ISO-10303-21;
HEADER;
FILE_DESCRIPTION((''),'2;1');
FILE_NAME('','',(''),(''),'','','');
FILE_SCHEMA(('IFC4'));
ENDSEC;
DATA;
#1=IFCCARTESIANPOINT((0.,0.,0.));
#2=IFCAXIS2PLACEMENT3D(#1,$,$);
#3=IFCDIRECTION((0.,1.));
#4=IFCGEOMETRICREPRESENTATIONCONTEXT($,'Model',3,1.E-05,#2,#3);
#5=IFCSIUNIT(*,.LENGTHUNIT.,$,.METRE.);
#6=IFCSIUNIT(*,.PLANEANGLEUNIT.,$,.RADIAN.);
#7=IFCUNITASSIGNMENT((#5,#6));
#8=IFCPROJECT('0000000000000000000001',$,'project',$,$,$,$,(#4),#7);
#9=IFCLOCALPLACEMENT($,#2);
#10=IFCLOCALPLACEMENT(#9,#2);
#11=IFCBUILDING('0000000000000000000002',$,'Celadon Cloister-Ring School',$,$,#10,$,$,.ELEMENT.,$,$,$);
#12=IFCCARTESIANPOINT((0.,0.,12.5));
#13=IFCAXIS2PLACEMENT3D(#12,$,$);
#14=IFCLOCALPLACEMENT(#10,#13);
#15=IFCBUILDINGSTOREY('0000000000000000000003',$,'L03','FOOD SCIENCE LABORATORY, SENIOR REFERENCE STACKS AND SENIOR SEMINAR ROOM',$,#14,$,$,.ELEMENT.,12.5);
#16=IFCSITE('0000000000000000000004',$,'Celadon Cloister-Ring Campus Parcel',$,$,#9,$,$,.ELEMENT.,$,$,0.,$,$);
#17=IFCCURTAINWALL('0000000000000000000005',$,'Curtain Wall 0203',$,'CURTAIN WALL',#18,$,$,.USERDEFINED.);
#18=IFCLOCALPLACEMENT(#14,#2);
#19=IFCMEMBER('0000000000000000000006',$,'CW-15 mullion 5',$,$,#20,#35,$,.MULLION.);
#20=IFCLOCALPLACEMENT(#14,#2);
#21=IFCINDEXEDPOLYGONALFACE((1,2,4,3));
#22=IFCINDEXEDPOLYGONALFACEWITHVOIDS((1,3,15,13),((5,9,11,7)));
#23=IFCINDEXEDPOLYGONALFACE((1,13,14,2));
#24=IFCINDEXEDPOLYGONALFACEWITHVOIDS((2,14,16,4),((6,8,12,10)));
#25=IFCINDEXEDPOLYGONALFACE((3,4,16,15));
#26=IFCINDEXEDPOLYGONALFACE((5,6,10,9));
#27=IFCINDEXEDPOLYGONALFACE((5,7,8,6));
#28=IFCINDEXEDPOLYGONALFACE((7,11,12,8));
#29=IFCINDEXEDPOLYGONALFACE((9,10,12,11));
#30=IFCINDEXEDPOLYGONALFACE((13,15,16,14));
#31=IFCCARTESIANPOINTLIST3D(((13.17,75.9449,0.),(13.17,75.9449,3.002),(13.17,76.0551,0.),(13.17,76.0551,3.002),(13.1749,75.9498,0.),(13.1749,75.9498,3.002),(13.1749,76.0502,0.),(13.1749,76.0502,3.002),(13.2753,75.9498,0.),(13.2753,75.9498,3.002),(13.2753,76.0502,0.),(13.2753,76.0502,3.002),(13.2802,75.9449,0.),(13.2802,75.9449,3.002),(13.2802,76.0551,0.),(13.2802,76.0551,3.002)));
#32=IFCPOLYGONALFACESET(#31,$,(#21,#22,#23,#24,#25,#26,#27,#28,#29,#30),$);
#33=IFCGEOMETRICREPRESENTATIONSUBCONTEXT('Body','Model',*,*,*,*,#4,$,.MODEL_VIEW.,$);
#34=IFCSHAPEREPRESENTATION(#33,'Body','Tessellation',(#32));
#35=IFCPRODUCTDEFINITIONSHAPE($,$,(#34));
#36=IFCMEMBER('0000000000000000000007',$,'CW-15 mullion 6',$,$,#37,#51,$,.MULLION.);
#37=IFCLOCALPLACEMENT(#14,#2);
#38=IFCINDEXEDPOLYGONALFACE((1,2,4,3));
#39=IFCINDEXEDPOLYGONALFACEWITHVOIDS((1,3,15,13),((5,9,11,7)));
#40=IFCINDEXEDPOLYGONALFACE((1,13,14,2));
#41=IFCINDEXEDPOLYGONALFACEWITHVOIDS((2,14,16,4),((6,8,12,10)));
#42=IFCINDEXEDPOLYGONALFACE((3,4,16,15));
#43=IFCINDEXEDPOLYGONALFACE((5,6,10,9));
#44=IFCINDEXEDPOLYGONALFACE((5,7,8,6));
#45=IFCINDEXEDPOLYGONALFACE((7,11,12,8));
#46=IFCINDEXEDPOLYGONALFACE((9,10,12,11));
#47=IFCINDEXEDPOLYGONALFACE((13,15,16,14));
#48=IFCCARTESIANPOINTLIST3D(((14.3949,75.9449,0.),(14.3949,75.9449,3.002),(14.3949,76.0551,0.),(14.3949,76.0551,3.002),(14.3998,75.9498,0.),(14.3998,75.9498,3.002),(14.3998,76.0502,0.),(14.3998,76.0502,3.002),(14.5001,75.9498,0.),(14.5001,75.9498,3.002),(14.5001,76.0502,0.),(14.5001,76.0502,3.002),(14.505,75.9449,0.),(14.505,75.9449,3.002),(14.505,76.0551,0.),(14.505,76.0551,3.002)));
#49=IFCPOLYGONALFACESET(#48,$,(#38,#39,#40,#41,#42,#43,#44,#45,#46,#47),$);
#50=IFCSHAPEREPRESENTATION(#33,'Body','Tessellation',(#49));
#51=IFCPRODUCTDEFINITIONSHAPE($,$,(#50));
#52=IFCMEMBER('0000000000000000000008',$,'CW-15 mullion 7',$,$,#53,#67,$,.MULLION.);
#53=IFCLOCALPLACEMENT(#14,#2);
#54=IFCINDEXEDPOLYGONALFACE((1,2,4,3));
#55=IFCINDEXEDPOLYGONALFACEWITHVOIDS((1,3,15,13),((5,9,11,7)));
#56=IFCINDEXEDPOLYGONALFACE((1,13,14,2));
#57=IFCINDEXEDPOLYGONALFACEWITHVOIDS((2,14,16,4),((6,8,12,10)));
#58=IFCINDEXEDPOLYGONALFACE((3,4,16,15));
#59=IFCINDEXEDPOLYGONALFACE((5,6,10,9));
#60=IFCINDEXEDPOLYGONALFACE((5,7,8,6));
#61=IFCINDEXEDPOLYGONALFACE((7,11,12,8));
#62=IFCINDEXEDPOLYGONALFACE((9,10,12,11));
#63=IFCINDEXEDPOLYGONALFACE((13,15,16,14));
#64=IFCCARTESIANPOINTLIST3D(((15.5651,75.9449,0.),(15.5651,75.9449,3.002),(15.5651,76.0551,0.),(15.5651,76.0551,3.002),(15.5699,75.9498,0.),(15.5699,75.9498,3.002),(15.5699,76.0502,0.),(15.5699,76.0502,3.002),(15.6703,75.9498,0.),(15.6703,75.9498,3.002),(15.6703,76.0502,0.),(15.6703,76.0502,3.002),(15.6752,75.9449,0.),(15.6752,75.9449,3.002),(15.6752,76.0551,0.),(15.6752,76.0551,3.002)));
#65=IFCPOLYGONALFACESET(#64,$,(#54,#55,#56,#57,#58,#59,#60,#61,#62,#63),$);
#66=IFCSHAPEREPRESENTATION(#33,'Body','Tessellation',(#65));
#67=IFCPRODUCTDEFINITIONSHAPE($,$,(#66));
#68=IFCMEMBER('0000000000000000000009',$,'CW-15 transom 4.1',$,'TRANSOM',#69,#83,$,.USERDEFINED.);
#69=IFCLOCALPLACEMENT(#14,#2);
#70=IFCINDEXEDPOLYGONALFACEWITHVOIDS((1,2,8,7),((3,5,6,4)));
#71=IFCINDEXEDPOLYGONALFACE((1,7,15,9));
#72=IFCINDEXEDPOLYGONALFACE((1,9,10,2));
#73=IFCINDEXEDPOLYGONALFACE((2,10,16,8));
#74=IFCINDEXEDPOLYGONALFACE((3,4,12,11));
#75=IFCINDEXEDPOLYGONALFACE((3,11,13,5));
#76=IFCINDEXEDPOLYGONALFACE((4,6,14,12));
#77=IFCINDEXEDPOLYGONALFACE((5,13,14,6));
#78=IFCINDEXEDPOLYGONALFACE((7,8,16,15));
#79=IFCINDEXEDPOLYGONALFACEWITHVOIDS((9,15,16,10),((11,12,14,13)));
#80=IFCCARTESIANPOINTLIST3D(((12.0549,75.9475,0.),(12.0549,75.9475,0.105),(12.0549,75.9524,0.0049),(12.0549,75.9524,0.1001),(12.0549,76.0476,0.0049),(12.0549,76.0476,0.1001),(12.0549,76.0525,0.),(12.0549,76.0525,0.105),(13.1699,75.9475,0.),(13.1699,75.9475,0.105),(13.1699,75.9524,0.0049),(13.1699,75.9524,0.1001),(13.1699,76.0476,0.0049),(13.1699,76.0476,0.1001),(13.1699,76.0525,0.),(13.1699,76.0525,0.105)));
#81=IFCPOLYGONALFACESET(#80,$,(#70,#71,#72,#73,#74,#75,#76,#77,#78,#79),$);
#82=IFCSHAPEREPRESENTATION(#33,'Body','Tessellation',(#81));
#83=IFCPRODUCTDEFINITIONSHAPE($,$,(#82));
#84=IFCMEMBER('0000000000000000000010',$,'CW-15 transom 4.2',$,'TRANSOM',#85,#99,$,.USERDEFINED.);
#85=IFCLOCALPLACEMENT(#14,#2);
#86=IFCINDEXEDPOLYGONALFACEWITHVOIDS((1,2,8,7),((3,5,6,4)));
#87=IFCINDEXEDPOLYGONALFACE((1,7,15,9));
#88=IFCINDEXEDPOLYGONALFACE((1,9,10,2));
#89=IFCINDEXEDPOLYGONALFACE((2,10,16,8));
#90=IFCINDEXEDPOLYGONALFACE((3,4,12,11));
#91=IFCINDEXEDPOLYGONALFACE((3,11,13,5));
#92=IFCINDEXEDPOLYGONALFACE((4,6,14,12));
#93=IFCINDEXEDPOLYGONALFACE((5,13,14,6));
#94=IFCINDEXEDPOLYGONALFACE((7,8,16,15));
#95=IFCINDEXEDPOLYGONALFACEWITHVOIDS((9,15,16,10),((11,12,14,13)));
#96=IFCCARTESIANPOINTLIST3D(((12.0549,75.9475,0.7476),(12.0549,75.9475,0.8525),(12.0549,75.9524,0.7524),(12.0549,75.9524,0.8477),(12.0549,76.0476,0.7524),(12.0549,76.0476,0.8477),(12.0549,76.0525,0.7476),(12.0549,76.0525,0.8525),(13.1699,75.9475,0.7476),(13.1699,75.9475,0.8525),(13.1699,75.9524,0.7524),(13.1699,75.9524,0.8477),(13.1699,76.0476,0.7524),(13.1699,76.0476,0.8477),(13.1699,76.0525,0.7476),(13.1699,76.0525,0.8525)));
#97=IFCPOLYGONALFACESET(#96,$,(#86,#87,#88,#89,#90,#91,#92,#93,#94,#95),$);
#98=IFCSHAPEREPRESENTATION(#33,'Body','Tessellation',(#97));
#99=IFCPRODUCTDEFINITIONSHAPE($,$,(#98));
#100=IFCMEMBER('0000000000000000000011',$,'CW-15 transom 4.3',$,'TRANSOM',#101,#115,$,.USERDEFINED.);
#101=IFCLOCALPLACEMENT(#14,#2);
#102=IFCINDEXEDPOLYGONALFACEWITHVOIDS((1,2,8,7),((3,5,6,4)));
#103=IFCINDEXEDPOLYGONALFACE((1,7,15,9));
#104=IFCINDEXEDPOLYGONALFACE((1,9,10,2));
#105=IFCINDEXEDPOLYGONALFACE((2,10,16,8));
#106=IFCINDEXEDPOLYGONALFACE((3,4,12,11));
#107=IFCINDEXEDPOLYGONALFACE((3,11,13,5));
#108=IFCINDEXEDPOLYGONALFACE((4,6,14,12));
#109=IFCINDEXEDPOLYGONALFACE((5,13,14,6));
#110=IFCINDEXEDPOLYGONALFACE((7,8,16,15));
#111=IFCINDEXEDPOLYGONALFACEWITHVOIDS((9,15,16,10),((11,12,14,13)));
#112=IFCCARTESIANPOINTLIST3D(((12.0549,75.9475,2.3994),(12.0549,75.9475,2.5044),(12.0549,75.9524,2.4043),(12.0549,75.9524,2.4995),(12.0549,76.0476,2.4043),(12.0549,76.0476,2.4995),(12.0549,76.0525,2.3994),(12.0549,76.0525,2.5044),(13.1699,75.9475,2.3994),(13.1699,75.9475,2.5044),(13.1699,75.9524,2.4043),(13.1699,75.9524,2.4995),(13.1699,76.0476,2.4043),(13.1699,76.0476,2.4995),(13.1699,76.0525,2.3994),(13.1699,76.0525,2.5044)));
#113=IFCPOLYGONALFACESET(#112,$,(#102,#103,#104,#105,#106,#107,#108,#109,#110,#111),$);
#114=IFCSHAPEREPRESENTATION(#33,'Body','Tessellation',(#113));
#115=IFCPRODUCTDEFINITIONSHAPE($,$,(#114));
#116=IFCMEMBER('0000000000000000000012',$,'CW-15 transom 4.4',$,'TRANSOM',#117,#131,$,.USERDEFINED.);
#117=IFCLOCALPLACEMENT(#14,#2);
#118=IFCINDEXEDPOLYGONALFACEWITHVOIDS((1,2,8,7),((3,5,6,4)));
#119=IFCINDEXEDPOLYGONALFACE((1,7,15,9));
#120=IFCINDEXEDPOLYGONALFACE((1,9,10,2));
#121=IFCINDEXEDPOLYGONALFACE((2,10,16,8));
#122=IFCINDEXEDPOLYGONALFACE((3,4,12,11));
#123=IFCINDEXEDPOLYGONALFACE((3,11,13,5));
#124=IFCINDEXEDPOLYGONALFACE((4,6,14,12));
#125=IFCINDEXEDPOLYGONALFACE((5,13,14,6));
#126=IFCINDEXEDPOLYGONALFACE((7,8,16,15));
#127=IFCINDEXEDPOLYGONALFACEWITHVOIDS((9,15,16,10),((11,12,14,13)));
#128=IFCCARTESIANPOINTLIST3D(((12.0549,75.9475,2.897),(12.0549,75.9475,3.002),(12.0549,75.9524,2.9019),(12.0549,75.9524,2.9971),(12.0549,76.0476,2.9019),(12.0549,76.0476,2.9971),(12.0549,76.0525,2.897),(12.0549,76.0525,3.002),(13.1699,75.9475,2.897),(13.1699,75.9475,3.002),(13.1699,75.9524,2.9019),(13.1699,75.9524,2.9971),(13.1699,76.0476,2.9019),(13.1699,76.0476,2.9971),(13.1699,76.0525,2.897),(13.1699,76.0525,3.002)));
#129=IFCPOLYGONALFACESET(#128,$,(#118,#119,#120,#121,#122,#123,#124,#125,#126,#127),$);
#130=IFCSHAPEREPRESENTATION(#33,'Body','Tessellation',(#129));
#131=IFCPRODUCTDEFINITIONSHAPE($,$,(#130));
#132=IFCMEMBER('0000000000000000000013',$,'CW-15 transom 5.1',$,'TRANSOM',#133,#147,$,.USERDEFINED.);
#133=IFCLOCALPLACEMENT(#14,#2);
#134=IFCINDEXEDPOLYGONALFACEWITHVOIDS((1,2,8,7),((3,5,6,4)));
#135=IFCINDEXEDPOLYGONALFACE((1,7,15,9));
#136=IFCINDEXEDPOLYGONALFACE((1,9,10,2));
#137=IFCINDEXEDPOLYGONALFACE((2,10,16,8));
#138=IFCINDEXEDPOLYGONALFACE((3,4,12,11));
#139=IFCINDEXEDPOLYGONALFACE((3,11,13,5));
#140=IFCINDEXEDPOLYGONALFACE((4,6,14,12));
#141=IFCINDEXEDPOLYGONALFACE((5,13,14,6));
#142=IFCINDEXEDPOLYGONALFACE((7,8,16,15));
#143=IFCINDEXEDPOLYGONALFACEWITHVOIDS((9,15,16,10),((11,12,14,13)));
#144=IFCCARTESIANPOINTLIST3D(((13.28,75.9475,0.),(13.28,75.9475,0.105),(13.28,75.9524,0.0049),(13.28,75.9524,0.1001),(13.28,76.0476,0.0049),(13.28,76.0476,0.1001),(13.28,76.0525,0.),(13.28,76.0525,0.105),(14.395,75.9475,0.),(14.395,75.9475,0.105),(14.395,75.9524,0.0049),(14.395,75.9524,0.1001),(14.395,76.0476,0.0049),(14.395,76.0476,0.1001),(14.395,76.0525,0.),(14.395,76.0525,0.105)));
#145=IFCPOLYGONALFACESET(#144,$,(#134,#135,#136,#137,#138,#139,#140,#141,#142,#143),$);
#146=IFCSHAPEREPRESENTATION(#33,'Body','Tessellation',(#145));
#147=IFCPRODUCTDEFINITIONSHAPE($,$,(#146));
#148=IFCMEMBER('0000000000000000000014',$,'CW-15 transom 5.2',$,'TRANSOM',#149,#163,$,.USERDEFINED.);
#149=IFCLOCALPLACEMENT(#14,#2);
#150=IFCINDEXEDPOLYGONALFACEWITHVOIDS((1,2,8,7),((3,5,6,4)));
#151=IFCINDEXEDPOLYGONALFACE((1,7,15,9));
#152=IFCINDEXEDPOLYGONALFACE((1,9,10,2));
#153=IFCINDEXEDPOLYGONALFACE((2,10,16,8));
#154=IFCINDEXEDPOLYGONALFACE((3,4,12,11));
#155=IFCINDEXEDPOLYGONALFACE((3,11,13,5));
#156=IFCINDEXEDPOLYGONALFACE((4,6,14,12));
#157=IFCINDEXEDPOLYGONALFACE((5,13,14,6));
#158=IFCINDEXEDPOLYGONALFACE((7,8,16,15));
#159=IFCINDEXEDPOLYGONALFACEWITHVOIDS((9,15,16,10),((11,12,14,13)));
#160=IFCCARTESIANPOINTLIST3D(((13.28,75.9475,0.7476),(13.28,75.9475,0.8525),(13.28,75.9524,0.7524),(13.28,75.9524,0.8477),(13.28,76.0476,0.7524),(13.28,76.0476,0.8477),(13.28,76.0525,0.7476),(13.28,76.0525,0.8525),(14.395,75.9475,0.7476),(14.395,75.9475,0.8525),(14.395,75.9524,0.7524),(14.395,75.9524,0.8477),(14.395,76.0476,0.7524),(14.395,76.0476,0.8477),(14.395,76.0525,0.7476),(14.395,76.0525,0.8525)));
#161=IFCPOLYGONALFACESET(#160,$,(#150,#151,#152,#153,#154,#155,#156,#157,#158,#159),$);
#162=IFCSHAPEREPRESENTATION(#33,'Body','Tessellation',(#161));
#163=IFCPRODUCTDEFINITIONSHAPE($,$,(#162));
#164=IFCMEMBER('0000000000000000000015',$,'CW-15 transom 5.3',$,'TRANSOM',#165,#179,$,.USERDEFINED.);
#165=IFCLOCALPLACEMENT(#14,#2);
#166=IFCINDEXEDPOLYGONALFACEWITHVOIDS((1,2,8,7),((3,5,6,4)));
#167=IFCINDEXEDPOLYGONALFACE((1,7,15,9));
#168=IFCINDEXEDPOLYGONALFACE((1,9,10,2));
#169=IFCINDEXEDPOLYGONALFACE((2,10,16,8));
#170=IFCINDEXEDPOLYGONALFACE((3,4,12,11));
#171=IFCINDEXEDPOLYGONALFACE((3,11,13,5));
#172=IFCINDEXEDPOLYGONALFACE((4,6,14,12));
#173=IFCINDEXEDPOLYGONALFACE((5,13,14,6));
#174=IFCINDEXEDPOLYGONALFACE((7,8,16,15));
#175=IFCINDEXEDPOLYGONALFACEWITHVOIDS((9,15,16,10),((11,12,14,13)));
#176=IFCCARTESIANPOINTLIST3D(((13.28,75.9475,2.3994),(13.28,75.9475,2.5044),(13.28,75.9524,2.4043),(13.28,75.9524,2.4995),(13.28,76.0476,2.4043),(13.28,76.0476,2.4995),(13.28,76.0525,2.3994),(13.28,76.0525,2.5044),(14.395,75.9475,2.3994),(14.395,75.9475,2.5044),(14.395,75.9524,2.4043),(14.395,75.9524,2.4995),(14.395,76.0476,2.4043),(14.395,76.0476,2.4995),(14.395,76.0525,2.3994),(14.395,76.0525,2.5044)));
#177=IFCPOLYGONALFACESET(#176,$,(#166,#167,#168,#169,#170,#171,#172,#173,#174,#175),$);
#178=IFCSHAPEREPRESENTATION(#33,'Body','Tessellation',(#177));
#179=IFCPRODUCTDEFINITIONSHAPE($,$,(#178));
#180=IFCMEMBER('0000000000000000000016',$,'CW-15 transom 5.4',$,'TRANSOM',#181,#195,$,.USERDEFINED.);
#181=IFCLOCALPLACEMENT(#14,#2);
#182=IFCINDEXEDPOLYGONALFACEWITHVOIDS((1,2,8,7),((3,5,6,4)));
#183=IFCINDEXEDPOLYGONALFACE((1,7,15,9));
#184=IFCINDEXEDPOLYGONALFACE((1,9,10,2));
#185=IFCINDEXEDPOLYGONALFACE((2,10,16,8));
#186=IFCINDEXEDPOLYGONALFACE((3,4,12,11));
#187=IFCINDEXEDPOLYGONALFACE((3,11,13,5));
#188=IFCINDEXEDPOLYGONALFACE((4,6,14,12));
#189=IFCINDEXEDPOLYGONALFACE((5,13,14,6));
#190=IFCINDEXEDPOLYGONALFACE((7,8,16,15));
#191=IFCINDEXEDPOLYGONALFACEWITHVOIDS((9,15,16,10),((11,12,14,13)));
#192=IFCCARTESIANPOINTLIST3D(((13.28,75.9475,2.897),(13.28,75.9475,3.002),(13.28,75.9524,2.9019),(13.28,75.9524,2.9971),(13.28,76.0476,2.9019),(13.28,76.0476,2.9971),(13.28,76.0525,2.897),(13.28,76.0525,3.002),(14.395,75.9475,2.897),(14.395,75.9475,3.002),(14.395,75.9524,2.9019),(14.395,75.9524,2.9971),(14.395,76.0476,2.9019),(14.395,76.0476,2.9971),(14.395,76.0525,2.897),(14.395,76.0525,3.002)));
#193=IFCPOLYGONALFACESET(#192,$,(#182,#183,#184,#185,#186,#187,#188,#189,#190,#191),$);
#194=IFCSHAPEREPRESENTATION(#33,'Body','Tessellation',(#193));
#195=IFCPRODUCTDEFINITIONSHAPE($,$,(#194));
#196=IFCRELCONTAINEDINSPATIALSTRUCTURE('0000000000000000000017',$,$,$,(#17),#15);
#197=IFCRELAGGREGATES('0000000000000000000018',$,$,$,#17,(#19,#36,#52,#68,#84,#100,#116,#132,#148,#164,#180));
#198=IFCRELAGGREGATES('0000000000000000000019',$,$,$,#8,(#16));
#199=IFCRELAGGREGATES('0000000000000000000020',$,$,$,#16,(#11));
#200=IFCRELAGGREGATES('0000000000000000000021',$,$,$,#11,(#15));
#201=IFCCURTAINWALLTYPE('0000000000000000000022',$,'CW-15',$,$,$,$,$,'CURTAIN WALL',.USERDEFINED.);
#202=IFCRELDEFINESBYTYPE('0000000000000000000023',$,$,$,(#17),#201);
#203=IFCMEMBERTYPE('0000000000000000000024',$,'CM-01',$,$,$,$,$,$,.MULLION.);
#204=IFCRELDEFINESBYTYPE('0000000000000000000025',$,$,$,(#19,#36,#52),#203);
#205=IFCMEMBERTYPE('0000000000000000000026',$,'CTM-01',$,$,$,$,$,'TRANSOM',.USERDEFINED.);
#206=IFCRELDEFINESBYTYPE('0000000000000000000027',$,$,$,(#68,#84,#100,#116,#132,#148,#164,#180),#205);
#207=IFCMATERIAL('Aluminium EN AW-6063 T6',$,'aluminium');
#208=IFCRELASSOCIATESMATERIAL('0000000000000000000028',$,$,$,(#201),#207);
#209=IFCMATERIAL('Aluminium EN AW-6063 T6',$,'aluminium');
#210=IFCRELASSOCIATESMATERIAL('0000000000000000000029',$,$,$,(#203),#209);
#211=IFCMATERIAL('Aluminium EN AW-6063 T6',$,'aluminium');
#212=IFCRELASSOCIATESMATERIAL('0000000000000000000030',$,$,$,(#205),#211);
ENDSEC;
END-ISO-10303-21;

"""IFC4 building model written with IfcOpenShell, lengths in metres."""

from ifc_helpers import new_model, si_unit, direction, frame, origin, origin_2d, place, context, subcontext, project, spatial, hollow_rectangle, extrude, material, material_profile, profile_set, type_object, element, aggregate, save


model = new_model("IFC4")

# Units and contexts
model_context = context("Model", 3, precision=1e-05, world=origin(), true_north=direction((0.0, 1.0)))
body_context = subcontext(model_context, "Body", "Model", "MODEL_VIEW")
ifc_project = project(units=[si_unit("LENGTHUNIT", "METRE"), si_unit("PLANEANGLEUNIT", "RADIAN")], contexts=[model_context])

# Site, building, storey
site_placement = place(None, origin())
site = spatial("IfcSite", under=ifc_project, at=site_placement, Name="Celadon Cloister-Ring Campus Parcel", CompositionType="ELEMENT", RefElevation=0.0)
building_placement = place(site_placement, origin())
building = spatial("IfcBuilding", under=site, at=building_placement, Name="Celadon Cloister-Ring School", CompositionType="ELEMENT")
storey_placement = place(building_placement, frame((0.0, 0.0, 12.5)))
storey = spatial("IfcBuildingStorey", under=building, at=storey_placement, Name="L03", Description="FOOD SCIENCE LABORATORY, SENIOR REFERENCE STACKS AND SENIOR SEMINAR ROOM", CompositionType="ELEMENT", Elevation=12.5)

# Curtain wall, members
ifc_material_1 = material(Name="Aluminium EN AW-6063 T6", Category="aluminium")
curtain_wall_type = type_object("IfcCurtainWallType", Name="CW-15", ElementType="CURTAIN WALL", PredefinedType="USERDEFINED", material=ifc_material_1)
curtain_wall_placement = place(storey_placement, origin())
curtain_wall = element("IfcCurtainWall", 1, at=curtain_wall_placement, inside=storey, type_object=curtain_wall_type, Name="Curtain Wall 0203", ObjectType="CURTAIN WALL", PredefinedType="USERDEFINED")
ifc_material_2 = material(Name="Aluminium EN AW-6063 T6", Category="aluminium")
ifc_material_profile_1 = material_profile(ifc_material_2, hollow_rectangle(XDim=0.1101, YDim=0.1101, WallThickness=0.0049, at=origin_2d()), Name="RHS110X110X5")
ifc_profile_set_1 = profile_set([ifc_material_profile_1], Name="Aluminium EN AW-6063 T6")
member_type_1 = type_object("IfcMemberType", Name="CM-01", PredefinedType="MULLION", material=ifc_profile_set_1)
member_1_placement = place(storey_placement, frame((13.2251, 76.0, 0.0), z_axis=(0.0, 0.0, 1.0), x_axis=(0.0, 1.0, 0.0)))
member_1 = element("IfcMember", 2, at=member_1_placement, type_object=member_type_1, Name="CW-15 mullion 5", PredefinedType="MULLION", context=body_context, shape_type="SweptSolid", body=[
    extrude(hollow_rectangle(XDim=0.1101, YDim=0.1101, WallThickness=0.0049, at=origin_2d()), origin(), (0.0, 0.0, 1.0), 3.002),
])
member_2_placement = place(storey_placement, frame((14.45, 76.0, 0.0), z_axis=(0.0, 0.0, 1.0), x_axis=(0.0, 1.0, 0.0)))
member_2 = element("IfcMember", 3, at=member_2_placement, type_object=member_type_1, Name="CW-15 mullion 6", PredefinedType="MULLION", context=body_context, shape_type="SweptSolid", body=[
    extrude(hollow_rectangle(XDim=0.1101, YDim=0.1101, WallThickness=0.0049, at=origin_2d()), origin(), (0.0, 0.0, 1.0), 3.002),
])
member_3_placement = place(storey_placement, frame((15.6201, 76.0, 0.0), z_axis=(0.0, 0.0, 1.0), x_axis=(0.0, 1.0, 0.0)))
member_3 = element("IfcMember", 4, at=member_3_placement, type_object=member_type_1, Name="CW-15 mullion 7", PredefinedType="MULLION", context=body_context, shape_type="SweptSolid", body=[
    extrude(hollow_rectangle(XDim=0.1101, YDim=0.1101, WallThickness=0.0049, at=origin_2d()), origin(), (0.0, 0.0, 1.0), 3.002),
])
ifc_material_3 = material(Name="Aluminium EN AW-6063 T6", Category="aluminium")
ifc_material_profile_2 = material_profile(ifc_material_3, hollow_rectangle(XDim=0.105, YDim=0.105, WallThickness=0.0049, at=origin_2d()), Name="RHS105X105X5")
ifc_profile_set_2 = profile_set([ifc_material_profile_2], Name="Aluminium EN AW-6063 T6")
member_type_2 = type_object("IfcMemberType", Name="CTM-01", ElementType="TRANSOM", PredefinedType="USERDEFINED", material=ifc_profile_set_2)
member_4_placement = place(storey_placement, frame((12.0549, 76.0, 0.0525), z_axis=(1.0, 0.0, 0.0), x_axis=(0.0, 1.0, 0.0)))
member_4 = element("IfcMember", 5, at=member_4_placement, type_object=member_type_2, Name="CW-15 transom 4.1", ObjectType="TRANSOM", PredefinedType="USERDEFINED", context=body_context, shape_type="SweptSolid", body=[
    extrude(hollow_rectangle(XDim=0.105, YDim=0.105, WallThickness=0.0049, at=origin_2d()), origin(), (0.0, 0.0, 1.0), 1.115),
])
member_5_placement = place(storey_placement, frame((12.0549, 76.0, 0.8), z_axis=(1.0, 0.0, 0.0), x_axis=(0.0, 1.0, 0.0)))
member_5 = element("IfcMember", 6, at=member_5_placement, type_object=member_type_2, Name="CW-15 transom 4.2", ObjectType="TRANSOM", PredefinedType="USERDEFINED", context=body_context, shape_type="SweptSolid", body=[
    extrude(hollow_rectangle(XDim=0.105, YDim=0.105, WallThickness=0.0049, at=origin_2d()), origin(), (0.0, 0.0, 1.0), 1.115),
])
member_6_placement = place(storey_placement, frame((12.0549, 76.0, 2.4519), z_axis=(1.0, 0.0, 0.0), x_axis=(0.0, 1.0, 0.0)))
member_6 = element("IfcMember", 7, at=member_6_placement, type_object=member_type_2, Name="CW-15 transom 4.3", ObjectType="TRANSOM", PredefinedType="USERDEFINED", context=body_context, shape_type="SweptSolid", body=[
    extrude(hollow_rectangle(XDim=0.105, YDim=0.105, WallThickness=0.0049, at=origin_2d()), origin(), (0.0, 0.0, 1.0), 1.115),
])
member_7_placement = place(storey_placement, frame((12.0549, 76.0, 2.9495), z_axis=(1.0, 0.0, 0.0), x_axis=(0.0, 1.0, 0.0)))
member_7 = element("IfcMember", 8, at=member_7_placement, type_object=member_type_2, Name="CW-15 transom 4.4", ObjectType="TRANSOM", PredefinedType="USERDEFINED", context=body_context, shape_type="SweptSolid", body=[
    extrude(hollow_rectangle(XDim=0.105, YDim=0.105, WallThickness=0.0049, at=origin_2d()), origin(), (0.0, 0.0, 1.0), 1.115),
])
member_8_placement = place(storey_placement, frame((13.28, 76.0, 0.0525), z_axis=(1.0, 0.0, 0.0), x_axis=(0.0, 1.0, 0.0)))
member_8 = element("IfcMember", 9, at=member_8_placement, type_object=member_type_2, Name="CW-15 transom 5.1", ObjectType="TRANSOM", PredefinedType="USERDEFINED", context=body_context, shape_type="SweptSolid", body=[
    extrude(hollow_rectangle(XDim=0.105, YDim=0.105, WallThickness=0.0049, at=origin_2d()), origin(), (0.0, 0.0, 1.0), 1.115),
])
member_9_placement = place(storey_placement, frame((13.28, 76.0, 0.8), z_axis=(1.0, 0.0, 0.0), x_axis=(0.0, 1.0, 0.0)))
member_9 = element("IfcMember", 10, at=member_9_placement, type_object=member_type_2, Name="CW-15 transom 5.2", ObjectType="TRANSOM", PredefinedType="USERDEFINED", context=body_context, shape_type="SweptSolid", body=[
    extrude(hollow_rectangle(XDim=0.105, YDim=0.105, WallThickness=0.0049, at=origin_2d()), origin(), (0.0, 0.0, 1.0), 1.115),
])
member_10_placement = place(storey_placement, frame((13.28, 76.0, 2.4519), z_axis=(1.0, 0.0, 0.0), x_axis=(0.0, 1.0, 0.0)))
member_10 = element("IfcMember", 11, at=member_10_placement, type_object=member_type_2, Name="CW-15 transom 5.3", ObjectType="TRANSOM", PredefinedType="USERDEFINED", context=body_context, shape_type="SweptSolid", body=[
    extrude(hollow_rectangle(XDim=0.105, YDim=0.105, WallThickness=0.0049, at=origin_2d()), origin(), (0.0, 0.0, 1.0), 1.115),
])
member_11_placement = place(storey_placement, frame((13.28, 76.0, 2.9495), z_axis=(1.0, 0.0, 0.0), x_axis=(0.0, 1.0, 0.0)))
member_11 = element("IfcMember", 12, at=member_11_placement, type_object=member_type_2, Name="CW-15 transom 5.4", ObjectType="TRANSOM", PredefinedType="USERDEFINED", context=body_context, shape_type="SweptSolid", body=[
    extrude(hollow_rectangle(XDim=0.105, YDim=0.105, WallThickness=0.0049, at=origin_2d()), origin(), (0.0, 0.0, 1.0), 1.115),
])
aggregate(curtain_wall, [member_1, member_2, member_3, member_4, member_5, member_6, member_7, member_8, member_9, member_10, member_11])

save(model, "model.ifc")
